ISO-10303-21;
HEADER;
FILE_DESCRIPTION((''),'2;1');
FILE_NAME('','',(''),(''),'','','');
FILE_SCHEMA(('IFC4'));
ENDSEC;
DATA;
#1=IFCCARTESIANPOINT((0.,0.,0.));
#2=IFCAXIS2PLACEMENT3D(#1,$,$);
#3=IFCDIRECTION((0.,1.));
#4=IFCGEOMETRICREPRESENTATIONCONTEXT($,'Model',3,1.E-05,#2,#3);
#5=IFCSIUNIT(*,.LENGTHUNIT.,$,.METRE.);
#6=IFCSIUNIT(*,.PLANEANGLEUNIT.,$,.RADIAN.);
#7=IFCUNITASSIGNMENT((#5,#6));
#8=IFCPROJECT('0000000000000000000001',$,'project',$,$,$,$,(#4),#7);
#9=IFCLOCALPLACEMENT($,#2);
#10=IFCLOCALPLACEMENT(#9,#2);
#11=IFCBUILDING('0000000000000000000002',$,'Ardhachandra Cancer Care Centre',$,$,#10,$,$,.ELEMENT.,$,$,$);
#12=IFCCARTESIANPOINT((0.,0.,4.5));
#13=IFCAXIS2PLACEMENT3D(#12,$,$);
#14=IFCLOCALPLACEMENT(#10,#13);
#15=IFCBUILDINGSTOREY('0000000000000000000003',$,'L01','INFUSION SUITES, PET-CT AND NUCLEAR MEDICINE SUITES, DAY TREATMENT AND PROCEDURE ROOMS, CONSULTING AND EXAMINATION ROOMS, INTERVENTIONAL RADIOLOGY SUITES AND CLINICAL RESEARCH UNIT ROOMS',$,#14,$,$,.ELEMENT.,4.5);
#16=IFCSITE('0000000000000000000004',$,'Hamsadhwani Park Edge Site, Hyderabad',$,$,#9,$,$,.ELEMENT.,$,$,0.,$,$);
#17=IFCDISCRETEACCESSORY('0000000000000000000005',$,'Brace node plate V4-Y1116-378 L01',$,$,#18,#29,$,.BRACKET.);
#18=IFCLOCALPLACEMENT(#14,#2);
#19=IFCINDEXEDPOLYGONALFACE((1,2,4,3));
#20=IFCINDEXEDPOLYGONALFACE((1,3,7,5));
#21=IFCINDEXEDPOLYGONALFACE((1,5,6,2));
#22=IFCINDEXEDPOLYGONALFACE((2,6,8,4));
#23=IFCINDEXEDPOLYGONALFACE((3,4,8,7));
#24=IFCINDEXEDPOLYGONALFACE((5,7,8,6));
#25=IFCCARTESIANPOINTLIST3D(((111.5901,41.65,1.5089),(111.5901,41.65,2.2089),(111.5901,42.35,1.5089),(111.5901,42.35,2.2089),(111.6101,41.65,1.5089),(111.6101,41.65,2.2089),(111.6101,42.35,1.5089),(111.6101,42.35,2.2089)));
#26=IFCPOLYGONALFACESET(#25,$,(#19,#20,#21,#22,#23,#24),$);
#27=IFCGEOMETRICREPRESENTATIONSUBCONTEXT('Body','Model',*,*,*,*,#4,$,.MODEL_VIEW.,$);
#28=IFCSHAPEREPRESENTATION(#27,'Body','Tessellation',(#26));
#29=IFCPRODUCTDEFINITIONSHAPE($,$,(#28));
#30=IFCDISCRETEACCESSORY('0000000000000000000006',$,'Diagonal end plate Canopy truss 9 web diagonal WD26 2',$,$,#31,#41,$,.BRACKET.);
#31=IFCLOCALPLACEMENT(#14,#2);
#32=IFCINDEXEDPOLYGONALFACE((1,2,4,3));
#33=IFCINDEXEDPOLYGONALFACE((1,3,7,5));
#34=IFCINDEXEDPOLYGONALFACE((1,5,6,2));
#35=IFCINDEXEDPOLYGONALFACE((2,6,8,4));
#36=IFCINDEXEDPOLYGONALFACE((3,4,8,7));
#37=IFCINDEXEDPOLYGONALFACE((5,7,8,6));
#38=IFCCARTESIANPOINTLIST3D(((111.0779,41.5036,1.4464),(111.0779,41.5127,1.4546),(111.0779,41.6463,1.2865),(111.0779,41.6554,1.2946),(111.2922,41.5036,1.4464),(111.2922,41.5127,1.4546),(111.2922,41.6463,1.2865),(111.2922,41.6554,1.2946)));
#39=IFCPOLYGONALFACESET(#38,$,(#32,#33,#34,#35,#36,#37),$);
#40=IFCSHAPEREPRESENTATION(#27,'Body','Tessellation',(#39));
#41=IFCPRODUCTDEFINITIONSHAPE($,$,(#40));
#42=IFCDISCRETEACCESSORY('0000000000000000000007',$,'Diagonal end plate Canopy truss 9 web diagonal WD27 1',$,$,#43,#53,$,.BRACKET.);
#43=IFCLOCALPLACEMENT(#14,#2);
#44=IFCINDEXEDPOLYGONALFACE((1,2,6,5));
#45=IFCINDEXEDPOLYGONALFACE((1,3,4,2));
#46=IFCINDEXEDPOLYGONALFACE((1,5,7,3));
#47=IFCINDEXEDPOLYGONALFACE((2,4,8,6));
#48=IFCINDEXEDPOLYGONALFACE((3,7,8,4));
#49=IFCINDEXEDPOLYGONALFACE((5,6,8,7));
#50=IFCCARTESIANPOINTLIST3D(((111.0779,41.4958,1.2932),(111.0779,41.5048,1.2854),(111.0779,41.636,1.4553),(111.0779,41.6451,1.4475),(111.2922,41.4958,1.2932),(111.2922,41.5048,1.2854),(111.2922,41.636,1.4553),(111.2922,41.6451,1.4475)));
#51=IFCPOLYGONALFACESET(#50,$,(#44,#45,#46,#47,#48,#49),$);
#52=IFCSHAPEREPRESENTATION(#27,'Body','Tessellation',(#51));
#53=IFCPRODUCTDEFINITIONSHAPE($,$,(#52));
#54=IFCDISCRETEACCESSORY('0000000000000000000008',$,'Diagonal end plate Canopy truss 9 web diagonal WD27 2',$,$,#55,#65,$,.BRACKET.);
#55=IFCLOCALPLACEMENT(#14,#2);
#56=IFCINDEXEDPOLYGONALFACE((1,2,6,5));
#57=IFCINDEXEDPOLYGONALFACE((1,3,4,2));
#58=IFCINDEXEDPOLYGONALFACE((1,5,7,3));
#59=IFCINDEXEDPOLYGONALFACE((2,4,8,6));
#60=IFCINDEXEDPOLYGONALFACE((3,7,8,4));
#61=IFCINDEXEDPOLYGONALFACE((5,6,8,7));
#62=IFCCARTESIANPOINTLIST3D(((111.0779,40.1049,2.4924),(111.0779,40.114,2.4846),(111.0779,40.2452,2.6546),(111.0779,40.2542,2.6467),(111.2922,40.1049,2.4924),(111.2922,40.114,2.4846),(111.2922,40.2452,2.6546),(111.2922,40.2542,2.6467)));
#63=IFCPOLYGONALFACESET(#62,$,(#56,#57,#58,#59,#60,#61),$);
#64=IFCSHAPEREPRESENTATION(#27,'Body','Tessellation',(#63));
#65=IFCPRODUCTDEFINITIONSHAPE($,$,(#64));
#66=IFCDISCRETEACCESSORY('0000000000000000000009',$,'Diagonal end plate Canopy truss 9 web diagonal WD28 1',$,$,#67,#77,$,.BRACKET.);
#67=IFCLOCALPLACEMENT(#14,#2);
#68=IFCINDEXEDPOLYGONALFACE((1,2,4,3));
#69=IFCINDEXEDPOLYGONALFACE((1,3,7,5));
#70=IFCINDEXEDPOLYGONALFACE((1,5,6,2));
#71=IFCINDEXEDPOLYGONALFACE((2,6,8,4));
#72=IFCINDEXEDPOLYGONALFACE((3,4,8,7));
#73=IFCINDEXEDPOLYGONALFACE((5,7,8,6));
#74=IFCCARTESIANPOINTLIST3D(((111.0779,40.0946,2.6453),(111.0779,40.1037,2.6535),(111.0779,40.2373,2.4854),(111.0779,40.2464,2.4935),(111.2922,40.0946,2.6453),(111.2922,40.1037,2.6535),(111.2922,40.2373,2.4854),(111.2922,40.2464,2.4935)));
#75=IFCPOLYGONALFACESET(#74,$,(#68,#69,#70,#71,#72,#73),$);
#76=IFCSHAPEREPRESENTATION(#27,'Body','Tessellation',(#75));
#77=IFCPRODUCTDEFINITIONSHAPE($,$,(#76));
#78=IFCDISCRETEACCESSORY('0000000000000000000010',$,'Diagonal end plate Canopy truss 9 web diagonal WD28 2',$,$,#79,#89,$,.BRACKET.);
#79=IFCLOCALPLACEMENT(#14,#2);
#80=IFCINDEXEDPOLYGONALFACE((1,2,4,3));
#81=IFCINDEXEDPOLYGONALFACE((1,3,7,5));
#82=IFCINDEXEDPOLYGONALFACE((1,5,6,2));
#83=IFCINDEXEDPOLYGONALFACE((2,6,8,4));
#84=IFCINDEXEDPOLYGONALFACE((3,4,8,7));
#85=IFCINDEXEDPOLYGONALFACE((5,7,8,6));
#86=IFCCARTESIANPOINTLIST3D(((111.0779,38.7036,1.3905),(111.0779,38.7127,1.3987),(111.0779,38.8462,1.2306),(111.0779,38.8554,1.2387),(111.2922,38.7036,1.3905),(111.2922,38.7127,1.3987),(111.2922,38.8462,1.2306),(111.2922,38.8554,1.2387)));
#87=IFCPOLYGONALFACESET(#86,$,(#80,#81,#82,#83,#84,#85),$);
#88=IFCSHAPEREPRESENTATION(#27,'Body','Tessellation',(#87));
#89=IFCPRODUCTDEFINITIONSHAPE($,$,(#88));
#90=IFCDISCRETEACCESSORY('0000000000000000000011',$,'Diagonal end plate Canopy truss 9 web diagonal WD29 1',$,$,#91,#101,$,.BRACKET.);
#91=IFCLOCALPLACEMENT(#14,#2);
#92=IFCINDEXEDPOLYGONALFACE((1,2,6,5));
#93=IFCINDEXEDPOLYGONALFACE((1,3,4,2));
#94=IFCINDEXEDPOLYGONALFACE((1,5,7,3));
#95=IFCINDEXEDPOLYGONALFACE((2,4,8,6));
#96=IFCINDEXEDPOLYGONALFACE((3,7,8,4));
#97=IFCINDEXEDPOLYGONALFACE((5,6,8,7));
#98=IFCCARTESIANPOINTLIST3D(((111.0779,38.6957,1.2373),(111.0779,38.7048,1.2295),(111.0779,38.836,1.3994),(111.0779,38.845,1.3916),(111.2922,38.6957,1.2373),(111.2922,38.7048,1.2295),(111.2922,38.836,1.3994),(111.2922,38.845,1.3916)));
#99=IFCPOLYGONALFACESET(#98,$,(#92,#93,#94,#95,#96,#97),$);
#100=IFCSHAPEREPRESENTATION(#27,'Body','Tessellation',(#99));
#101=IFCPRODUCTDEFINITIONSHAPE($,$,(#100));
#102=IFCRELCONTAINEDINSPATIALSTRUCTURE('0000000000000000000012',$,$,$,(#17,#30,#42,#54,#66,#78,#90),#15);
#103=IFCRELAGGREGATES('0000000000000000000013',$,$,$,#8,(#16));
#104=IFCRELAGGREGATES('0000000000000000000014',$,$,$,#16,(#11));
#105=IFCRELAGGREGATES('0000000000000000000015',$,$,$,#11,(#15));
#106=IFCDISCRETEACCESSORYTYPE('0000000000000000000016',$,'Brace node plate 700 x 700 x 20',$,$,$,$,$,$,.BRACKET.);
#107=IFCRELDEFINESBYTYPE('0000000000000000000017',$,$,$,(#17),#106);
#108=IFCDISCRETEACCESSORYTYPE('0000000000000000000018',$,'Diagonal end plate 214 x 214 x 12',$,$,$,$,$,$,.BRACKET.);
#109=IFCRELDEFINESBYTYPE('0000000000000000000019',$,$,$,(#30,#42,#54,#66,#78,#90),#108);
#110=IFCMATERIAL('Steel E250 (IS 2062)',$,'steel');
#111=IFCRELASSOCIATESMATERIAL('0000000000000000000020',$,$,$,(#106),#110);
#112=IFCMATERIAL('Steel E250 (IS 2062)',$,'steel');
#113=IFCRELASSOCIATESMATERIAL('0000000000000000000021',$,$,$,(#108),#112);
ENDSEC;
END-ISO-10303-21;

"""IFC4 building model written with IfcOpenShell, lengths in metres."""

from ifc_helpers import new_model, si_unit, direction, frame, origin, origin_2d, place, context, subcontext, project, spatial, rectangle, extrude, material, material_profile, profile_set, type_object, element, save


model = new_model("IFC4")

# Units and contexts
model_context = context("Model", 3, precision=1e-05, world=origin(), true_north=direction((0.0, 1.0)))
body_context = subcontext(model_context, "Body", "Model", "MODEL_VIEW")
ifc_project = project(units=[si_unit("LENGTHUNIT", "METRE"), si_unit("PLANEANGLEUNIT", "RADIAN")], contexts=[model_context])

# Site, building, storey
site_placement = place(None, origin())
site = spatial("IfcSite", under=ifc_project, at=site_placement, Name="Hamsadhwani Park Edge Site, Hyderabad", CompositionType="ELEMENT", RefElevation=0.0)
building_placement = place(site_placement, origin())
building = spatial("IfcBuilding", under=site, at=building_placement, Name="Ardhachandra Cancer Care Centre", CompositionType="ELEMENT")
storey_placement = place(building_placement, frame((0.0, 0.0, 4.5)))
storey = spatial("IfcBuildingStorey", under=building, at=storey_placement, Name="L01", Description="INFUSION SUITES, PET-CT AND NUCLEAR MEDICINE SUITES, DAY TREATMENT AND PROCEDURE ROOMS, CONSULTING AND EXAMINATION ROOMS, INTERVENTIONAL RADIOLOGY SUITES AND CLINICAL RESEARCH UNIT ROOMS", CompositionType="ELEMENT", Elevation=4.5)

# Discrete accessories
ifc_material_1 = material(Name="Steel E250 (IS 2062)", Category="steel")
ifc_material_profile_1 = material_profile(ifc_material_1, rectangle(XDim=0.7, YDim=0.7, at=origin_2d()), Name="PL 700x700x20")
ifc_profile_set_1 = profile_set([ifc_material_profile_1], Name="Steel E250 (IS 2062)")
discrete_accessory_type_1 = type_object("IfcDiscreteAccessoryType", Name="Brace node plate 700 x 700 x 20", PredefinedType="BRACKET", material=ifc_profile_set_1)
discrete_accessory_1_placement = place(storey_placement, frame((111.5901, 42.0, 1.8589), z_axis=(1.0, 0.0, 0.0), x_axis=(0.0, 1.0, 0.0)))
element("IfcDiscreteAccessory", 1, at=discrete_accessory_1_placement, inside=storey, type_object=discrete_accessory_type_1, Name="Brace node plate V4-Y1116-378 L01", PredefinedType="BRACKET", context=body_context, shape_type="SweptSolid", body=[
    extrude(rectangle(XDim=0.7, YDim=0.7, at=origin_2d()), origin(), (0.0, 0.0, 1.0), 0.02),
])
ifc_material_2 = material(Name="Steel E250 (IS 2062)", Category="steel")
ifc_material_profile_2 = material_profile(ifc_material_2, rectangle(XDim=0.2144, YDim=0.2144, at=origin_2d()), Name="PL 214x214x12")
ifc_profile_set_2 = profile_set([ifc_material_profile_2], Name="Steel E250 (IS 2062)")
discrete_accessory_type_2 = type_object("IfcDiscreteAccessoryType", Name="Diagonal end plate 214 x 214 x 12", PredefinedType="BRACKET", material=ifc_profile_set_2)
discrete_accessory_2_placement = place(storey_placement, frame((111.1851, 41.575, 1.3665), z_axis=(0.0, 0.746295, 0.665615), x_axis=(-1.0, 0.0, 0.0)))
element("IfcDiscreteAccessory", 2, at=discrete_accessory_2_placement, inside=storey, type_object=discrete_accessory_type_2, Name="Diagonal end plate Canopy truss 9 web diagonal WD26 2", PredefinedType="BRACKET", context=body_context, shape_type="SweptSolid", body=[
    extrude(rectangle(XDim=0.2144, YDim=0.2144, at=origin_2d()), origin(), (0.0, 0.0, 1.0), 0.0122),
])
for number, where, z_axis, x_axis, name in (
    (3, (111.1851, 41.575, 1.3665), (0.0, -0.756363, 0.654152), (1.0, 0.0, 0.0), "Diagonal end plate Canopy truss 9 web diagonal WD27 1"),
    (4, (111.1851, 40.175, 2.5735), (0.0, 0.756363, -0.654152), (-1.0, 0.0, 0.0), "Diagonal end plate Canopy truss 9 web diagonal WD27 2"),
):
    element("IfcDiscreteAccessory", number, at=place(storey_placement, frame(where, z_axis=z_axis, x_axis=x_axis)), inside=storey, type_object=discrete_accessory_type_2, Name=name, PredefinedType="BRACKET", context=body_context, shape_type="SweptSolid", body=[
        extrude(rectangle(XDim=0.2144, YDim=0.2144, at=origin_2d()), origin(), (0.0, 0.0, 1.0), 0.012),
    ])
for number, where, z_axis, x_axis, name in (
    (5, (111.1851, 40.175, 2.5735), (0.0, -0.746295, -0.665615), (1.0, 0.0, 0.0), "Diagonal end plate Canopy truss 9 web diagonal WD28 1"),
    (6, (111.1851, 38.7749, 1.3105), (0.0, 0.746295, 0.665615), (-1.0, 0.0, 0.0), "Diagonal end plate Canopy truss 9 web diagonal WD28 2"),
):
    element("IfcDiscreteAccessory", number, at=place(storey_placement, frame(where, z_axis=z_axis, x_axis=x_axis)), inside=storey, type_object=discrete_accessory_type_2, Name=name, PredefinedType="BRACKET", context=body_context, shape_type="SweptSolid", body=[
        extrude(rectangle(XDim=0.2144, YDim=0.2144, at=origin_2d()), origin(), (0.0, 0.0, 1.0), 0.0122),
    ])
discrete_accessory_3_placement = place(storey_placement, frame((111.1851, 38.7749, 1.3105), z_axis=(0.0, -0.756363, 0.654152), x_axis=(1.0, 0.0, 0.0)))
element("IfcDiscreteAccessory", 7, at=discrete_accessory_3_placement, inside=storey, type_object=discrete_accessory_type_2, Name="Diagonal end plate Canopy truss 9 web diagonal WD29 1", PredefinedType="BRACKET", context=body_context, shape_type="SweptSolid", body=[
    extrude(rectangle(XDim=0.2144, YDim=0.2144, at=origin_2d()), origin(), (0.0, 0.0, 1.0), 0.012),
])

save(model, "model.ifc")
